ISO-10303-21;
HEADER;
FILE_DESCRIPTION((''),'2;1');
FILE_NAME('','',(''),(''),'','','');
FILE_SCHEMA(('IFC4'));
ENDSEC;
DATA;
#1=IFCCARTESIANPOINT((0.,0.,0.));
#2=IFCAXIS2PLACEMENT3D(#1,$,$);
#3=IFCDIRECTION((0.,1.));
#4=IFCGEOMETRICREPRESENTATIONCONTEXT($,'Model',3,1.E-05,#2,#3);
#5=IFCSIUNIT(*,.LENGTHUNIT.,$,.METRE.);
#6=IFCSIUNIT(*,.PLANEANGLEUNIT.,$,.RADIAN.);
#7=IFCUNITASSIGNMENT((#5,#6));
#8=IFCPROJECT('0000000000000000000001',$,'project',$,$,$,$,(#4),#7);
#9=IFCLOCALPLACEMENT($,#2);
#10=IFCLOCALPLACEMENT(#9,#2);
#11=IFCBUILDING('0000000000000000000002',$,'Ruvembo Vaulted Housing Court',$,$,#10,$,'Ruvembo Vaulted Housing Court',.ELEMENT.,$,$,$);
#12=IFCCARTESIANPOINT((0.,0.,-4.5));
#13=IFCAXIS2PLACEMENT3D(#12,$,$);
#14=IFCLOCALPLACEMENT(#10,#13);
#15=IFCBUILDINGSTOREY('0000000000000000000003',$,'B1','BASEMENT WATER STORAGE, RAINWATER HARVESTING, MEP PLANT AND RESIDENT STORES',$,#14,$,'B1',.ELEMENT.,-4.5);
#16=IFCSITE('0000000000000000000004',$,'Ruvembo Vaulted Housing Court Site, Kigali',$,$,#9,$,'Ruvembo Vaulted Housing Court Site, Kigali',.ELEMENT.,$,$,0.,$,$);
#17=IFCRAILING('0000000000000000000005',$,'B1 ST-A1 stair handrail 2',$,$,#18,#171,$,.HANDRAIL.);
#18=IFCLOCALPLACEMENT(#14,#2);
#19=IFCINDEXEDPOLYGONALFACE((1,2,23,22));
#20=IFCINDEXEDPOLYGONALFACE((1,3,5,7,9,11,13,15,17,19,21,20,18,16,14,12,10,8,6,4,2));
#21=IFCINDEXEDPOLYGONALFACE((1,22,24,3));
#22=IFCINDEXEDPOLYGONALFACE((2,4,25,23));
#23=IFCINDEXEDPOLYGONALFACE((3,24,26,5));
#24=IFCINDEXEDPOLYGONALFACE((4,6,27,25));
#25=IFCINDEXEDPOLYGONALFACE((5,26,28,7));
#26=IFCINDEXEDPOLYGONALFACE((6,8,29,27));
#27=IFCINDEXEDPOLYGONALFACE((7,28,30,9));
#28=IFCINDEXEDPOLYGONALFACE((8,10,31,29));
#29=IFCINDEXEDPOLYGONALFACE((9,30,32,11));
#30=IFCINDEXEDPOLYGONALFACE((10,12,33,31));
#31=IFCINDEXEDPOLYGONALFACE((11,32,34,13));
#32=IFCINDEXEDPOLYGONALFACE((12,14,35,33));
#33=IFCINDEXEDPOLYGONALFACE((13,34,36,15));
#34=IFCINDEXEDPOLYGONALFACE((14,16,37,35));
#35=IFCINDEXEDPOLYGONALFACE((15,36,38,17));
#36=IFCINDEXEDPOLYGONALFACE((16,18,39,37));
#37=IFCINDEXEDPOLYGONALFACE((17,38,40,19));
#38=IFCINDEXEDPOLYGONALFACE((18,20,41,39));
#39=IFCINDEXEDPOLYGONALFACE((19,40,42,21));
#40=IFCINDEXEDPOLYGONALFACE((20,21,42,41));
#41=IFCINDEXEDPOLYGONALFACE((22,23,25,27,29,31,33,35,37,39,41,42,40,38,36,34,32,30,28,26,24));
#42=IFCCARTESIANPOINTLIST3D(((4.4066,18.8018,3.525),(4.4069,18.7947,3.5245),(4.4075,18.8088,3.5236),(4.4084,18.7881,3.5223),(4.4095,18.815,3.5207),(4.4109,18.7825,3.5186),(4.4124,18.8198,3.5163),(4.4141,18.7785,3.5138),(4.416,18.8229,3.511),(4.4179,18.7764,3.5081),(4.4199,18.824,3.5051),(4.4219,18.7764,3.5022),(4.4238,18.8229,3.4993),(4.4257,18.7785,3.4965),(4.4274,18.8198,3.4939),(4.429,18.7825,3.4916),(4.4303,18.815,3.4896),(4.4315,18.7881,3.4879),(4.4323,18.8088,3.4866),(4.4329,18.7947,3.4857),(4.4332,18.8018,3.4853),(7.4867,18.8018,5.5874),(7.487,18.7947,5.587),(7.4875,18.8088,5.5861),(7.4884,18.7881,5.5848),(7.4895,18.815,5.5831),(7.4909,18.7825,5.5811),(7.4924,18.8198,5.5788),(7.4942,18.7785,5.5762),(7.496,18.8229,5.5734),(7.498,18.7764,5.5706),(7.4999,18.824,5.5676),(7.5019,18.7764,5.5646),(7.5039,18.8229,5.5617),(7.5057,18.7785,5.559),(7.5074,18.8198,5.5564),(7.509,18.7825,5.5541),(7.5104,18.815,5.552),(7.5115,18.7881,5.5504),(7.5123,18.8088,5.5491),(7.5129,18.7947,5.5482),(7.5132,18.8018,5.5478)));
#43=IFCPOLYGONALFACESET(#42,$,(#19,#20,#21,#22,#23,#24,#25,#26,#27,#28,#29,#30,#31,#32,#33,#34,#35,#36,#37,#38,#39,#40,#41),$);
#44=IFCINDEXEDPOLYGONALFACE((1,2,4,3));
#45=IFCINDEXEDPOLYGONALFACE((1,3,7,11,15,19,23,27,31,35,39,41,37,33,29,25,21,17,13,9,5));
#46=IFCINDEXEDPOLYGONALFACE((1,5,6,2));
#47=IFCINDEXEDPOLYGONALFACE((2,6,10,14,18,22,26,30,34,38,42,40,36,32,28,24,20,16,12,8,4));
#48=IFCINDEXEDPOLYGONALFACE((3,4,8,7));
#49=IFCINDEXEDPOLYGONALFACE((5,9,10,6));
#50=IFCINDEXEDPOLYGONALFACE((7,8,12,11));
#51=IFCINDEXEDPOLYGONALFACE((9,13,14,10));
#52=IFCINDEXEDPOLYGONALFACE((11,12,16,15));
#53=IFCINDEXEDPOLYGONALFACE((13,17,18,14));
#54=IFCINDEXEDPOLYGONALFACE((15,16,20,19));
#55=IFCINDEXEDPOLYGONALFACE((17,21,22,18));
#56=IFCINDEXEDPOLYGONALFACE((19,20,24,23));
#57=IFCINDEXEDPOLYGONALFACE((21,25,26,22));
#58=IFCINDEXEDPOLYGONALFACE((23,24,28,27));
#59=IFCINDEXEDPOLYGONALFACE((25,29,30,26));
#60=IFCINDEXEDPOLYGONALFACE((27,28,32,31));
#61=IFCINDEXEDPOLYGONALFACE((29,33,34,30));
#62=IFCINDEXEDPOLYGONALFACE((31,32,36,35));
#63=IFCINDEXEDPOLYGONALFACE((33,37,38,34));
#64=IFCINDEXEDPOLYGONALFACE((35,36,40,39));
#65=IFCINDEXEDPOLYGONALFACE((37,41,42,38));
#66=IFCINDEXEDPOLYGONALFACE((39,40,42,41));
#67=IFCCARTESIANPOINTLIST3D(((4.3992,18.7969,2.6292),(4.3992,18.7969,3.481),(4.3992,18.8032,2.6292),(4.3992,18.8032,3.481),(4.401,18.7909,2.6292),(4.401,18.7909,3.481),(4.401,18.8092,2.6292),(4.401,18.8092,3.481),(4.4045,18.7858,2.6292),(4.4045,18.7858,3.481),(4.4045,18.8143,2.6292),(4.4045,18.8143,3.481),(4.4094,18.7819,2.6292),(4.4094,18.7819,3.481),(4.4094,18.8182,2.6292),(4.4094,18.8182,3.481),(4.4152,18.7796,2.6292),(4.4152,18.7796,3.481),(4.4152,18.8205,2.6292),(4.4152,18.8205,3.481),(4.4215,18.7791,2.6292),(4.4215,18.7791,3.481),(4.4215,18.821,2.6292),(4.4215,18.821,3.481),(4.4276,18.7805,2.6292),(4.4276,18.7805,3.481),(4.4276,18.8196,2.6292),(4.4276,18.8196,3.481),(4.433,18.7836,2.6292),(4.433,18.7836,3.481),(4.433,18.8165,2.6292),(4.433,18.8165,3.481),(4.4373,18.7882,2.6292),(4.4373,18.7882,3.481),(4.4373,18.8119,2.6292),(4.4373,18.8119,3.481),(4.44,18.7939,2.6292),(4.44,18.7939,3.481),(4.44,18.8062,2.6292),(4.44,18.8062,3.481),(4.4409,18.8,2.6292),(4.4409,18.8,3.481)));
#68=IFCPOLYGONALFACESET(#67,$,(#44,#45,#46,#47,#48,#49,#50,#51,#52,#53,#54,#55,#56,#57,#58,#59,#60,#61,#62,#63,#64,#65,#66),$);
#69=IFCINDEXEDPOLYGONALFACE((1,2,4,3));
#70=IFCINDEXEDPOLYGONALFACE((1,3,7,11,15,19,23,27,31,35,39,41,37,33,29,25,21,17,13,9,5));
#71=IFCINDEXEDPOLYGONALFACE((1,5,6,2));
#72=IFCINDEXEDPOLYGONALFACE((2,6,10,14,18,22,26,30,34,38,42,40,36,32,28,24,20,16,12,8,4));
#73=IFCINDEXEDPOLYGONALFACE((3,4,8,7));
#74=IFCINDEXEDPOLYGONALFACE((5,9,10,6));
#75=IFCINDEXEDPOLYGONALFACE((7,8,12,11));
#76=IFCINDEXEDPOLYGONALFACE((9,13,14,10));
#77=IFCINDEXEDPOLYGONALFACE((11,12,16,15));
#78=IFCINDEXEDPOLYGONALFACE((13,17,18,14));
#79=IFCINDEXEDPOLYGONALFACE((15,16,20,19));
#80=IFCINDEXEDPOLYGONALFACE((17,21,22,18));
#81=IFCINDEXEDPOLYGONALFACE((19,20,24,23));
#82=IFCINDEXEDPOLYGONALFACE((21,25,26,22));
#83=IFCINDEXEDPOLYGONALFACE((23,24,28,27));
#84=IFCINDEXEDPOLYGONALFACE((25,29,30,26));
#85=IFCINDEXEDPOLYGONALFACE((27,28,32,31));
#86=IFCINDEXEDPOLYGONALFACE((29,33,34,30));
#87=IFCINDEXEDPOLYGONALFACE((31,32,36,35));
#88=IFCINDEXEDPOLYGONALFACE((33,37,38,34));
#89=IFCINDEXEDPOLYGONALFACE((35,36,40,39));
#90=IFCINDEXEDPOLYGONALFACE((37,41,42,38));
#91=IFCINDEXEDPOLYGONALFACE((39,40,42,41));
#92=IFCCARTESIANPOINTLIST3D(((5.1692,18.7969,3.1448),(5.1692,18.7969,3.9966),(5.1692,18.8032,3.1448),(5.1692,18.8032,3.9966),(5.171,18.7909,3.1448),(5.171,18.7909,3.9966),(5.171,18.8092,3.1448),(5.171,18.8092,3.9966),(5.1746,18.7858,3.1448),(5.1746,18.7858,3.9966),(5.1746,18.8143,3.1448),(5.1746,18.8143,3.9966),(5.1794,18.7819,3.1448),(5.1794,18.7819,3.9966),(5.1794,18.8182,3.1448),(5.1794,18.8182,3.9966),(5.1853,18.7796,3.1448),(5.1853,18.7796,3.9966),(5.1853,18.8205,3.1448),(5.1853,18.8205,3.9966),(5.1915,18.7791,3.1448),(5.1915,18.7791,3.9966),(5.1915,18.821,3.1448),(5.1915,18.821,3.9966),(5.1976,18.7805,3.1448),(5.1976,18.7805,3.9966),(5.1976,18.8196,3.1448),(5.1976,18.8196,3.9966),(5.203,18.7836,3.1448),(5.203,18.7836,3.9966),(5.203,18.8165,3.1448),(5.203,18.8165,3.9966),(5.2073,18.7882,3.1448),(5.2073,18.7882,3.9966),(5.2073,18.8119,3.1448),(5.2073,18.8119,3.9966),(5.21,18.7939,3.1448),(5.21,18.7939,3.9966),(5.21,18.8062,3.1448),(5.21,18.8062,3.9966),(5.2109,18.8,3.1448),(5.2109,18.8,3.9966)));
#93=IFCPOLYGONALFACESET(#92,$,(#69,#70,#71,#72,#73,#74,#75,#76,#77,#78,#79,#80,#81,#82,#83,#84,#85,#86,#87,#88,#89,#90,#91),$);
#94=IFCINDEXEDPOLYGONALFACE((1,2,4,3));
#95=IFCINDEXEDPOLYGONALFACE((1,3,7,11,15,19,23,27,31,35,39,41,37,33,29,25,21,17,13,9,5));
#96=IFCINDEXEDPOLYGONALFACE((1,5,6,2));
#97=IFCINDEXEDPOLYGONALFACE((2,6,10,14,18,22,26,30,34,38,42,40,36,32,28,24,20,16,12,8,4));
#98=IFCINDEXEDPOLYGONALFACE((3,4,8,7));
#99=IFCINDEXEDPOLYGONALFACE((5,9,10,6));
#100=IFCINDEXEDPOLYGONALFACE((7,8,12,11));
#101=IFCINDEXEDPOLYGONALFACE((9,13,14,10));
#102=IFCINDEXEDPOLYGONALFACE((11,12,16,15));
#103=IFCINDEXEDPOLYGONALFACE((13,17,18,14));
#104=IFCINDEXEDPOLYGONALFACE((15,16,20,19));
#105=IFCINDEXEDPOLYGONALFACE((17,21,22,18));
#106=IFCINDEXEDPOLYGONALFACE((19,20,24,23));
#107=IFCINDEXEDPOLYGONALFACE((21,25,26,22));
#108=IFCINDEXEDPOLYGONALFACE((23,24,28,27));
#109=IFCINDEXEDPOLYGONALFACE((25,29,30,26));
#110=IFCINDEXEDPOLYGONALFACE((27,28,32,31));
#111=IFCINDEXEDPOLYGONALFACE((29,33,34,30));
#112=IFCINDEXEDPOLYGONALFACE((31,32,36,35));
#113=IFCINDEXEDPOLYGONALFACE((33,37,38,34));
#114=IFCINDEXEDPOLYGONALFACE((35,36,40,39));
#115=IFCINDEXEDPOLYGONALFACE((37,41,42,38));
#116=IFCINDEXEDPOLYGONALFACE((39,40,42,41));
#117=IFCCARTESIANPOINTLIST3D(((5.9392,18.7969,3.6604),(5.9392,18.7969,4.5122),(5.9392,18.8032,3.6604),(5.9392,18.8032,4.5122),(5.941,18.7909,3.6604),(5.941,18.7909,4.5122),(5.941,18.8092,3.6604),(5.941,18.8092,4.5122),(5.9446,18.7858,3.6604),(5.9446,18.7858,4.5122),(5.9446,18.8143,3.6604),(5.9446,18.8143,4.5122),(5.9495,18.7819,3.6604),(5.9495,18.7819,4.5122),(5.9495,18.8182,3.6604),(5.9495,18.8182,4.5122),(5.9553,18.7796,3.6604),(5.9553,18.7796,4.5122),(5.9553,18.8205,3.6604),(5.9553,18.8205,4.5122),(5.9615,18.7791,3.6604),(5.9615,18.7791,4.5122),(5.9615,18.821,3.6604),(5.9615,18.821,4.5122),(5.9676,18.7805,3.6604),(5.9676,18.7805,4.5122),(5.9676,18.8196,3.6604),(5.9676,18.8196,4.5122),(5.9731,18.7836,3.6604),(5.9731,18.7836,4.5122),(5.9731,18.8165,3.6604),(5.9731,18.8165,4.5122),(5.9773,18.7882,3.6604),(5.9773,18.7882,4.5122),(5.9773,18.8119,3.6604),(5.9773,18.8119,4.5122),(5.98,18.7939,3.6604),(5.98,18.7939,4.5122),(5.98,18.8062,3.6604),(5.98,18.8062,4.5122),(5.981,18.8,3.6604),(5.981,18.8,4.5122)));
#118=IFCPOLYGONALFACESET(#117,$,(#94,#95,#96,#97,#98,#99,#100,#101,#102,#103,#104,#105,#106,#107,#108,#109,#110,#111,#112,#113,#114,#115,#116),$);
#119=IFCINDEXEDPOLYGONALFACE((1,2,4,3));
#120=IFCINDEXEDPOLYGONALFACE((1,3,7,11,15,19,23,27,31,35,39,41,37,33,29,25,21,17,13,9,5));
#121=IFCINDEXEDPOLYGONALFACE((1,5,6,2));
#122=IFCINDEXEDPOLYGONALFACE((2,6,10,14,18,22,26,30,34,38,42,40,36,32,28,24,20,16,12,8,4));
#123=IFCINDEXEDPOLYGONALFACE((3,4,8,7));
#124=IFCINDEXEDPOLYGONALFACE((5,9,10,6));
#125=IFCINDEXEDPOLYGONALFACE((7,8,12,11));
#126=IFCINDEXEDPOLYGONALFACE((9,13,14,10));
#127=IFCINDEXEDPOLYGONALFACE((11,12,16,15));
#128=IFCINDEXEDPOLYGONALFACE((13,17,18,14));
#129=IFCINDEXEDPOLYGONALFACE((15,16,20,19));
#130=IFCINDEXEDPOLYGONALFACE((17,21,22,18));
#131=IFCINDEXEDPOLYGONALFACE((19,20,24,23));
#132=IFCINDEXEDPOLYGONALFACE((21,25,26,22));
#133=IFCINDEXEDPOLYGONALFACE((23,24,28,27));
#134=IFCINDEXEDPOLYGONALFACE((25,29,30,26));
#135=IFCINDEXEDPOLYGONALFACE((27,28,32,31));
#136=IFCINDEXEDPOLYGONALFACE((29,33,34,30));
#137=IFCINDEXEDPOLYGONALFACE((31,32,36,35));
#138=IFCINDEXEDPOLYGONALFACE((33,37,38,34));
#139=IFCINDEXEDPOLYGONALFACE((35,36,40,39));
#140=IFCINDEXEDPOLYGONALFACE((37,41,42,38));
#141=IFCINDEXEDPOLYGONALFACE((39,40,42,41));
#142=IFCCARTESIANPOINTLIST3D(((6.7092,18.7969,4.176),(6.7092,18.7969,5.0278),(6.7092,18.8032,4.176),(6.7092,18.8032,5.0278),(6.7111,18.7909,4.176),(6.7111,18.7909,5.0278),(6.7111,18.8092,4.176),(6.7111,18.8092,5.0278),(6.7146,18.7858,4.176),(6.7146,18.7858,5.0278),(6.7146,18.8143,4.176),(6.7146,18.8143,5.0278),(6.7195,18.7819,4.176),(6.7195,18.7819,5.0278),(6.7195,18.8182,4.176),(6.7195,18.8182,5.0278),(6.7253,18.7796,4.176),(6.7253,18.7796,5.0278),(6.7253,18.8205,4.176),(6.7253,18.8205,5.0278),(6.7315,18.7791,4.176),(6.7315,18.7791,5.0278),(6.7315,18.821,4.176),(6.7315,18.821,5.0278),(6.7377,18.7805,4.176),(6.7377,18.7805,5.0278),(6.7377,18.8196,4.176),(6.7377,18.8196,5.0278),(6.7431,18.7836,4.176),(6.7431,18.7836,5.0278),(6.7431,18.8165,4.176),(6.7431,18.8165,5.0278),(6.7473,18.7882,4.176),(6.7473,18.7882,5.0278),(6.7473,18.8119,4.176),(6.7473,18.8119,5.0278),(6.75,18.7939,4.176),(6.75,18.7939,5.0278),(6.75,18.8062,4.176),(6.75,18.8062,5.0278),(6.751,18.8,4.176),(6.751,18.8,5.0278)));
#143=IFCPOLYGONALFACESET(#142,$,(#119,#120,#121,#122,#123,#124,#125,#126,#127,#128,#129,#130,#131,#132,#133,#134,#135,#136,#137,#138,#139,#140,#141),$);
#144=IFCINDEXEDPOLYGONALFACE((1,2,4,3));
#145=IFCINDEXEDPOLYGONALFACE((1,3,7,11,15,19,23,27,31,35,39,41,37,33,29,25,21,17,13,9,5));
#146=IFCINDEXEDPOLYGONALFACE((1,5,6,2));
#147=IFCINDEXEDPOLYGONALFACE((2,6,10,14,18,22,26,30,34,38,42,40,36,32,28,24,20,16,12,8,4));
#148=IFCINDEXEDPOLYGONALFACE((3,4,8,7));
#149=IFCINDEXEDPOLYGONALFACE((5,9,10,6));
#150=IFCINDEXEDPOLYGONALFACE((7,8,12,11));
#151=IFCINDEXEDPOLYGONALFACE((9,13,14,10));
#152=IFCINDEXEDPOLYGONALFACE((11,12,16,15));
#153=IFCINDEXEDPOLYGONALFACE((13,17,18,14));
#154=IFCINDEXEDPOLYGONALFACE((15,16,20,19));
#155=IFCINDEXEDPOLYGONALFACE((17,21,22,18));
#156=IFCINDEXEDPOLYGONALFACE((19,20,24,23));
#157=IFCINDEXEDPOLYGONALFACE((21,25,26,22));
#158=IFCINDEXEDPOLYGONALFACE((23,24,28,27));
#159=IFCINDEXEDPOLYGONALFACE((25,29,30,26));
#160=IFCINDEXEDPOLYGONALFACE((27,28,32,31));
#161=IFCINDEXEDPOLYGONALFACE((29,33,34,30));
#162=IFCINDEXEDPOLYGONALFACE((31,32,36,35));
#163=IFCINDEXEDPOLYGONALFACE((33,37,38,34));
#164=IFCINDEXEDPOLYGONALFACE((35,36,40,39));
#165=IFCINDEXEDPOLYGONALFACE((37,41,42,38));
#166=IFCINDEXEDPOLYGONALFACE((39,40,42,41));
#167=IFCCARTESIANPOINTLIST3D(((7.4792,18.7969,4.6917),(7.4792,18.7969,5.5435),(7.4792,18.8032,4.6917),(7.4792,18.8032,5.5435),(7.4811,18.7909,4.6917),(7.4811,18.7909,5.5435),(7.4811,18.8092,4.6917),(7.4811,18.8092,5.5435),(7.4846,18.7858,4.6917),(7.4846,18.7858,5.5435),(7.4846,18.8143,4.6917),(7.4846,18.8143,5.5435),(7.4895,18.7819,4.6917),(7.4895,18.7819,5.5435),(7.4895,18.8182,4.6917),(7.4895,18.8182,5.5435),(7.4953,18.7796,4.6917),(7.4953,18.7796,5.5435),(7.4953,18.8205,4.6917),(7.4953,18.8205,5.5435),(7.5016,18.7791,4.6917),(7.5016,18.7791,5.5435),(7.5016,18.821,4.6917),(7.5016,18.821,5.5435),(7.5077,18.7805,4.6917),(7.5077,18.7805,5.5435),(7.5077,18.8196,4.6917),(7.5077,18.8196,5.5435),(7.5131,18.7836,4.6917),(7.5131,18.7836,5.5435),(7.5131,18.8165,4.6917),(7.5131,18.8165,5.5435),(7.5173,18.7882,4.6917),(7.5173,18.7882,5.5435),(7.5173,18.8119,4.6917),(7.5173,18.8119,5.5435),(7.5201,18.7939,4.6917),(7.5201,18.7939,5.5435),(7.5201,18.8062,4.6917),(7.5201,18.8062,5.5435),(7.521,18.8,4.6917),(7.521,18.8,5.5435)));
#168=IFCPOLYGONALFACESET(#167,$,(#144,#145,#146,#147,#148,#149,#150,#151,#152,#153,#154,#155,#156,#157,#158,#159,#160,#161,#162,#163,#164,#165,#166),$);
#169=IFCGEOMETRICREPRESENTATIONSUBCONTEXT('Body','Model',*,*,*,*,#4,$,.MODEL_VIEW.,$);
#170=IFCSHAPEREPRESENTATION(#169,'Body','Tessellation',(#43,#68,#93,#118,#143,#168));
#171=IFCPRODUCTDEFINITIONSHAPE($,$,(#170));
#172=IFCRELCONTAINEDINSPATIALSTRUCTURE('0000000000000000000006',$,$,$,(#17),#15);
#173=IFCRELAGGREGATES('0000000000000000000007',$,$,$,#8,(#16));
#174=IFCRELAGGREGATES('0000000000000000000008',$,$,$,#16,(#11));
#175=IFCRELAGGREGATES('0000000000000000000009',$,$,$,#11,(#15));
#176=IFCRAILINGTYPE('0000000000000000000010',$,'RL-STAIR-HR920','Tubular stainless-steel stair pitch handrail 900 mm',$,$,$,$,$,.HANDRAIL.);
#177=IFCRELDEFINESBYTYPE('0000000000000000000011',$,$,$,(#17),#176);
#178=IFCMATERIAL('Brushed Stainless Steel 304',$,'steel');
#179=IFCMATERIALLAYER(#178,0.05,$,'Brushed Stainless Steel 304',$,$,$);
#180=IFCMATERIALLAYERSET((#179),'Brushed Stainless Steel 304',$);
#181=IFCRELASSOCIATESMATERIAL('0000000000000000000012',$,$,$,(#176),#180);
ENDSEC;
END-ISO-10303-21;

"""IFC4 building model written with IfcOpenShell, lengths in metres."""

from ifc_helpers import new_model, si_unit, direction, frame, origin, origin_2d, place, context, subcontext, project, spatial, circle, extrude, material, layer, layer_set, type_object, element, save


model = new_model("IFC4")

# Units and contexts
model_context = context("Model", 3, precision=1e-05, world=origin(), true_north=direction((0.0, 1.0)))
body_context = subcontext(model_context, "Body", "Model", "MODEL_VIEW")
ifc_project = project(units=[si_unit("LENGTHUNIT", "METRE"), si_unit("PLANEANGLEUNIT", "RADIAN")], contexts=[model_context])

# Site, building, storey
site_placement = place(None, origin())
site = spatial("IfcSite", under=ifc_project, at=site_placement, Name="Ruvembo Vaulted Housing Court Site, Kigali", LongName="Ruvembo Vaulted Housing Court Site, Kigali", CompositionType="ELEMENT", RefElevation=0.0)
building_placement = place(site_placement, origin())
building = spatial("IfcBuilding", under=site, at=building_placement, Name="Ruvembo Vaulted Housing Court", LongName="Ruvembo Vaulted Housing Court", CompositionType="ELEMENT")
storey_placement = place(building_placement, frame((0.0, 0.0, -4.5)))
storey = spatial("IfcBuildingStorey", under=building, at=storey_placement, Name="B1", Description="BASEMENT WATER STORAGE, RAINWATER HARVESTING, MEP PLANT AND RESIDENT STORES", LongName="B1", CompositionType="ELEMENT", Elevation=-4.5)

# Railing
ifc_material_1 = material(Name="Brushed Stainless Steel 304", Category="steel")
ifc_layer_1 = layer(ifc_material_1, 0.05, Name="Brushed Stainless Steel 304")
ifc_layer_set_1 = layer_set([ifc_layer_1], Name="Brushed Stainless Steel 304")
railing_type_1 = type_object("IfcRailingType", Name="RL-STAIR-HR920", Description="Tubular stainless-steel stair pitch handrail 900 mm", PredefinedType="HANDRAIL", material=ifc_layer_set_1)
railing_1_placement = place(storey_placement, frame((4.4199, 18.8, 2.6292)))
element("IfcRailing", 1, at=railing_1_placement, inside=storey, type_object=railing_type_1, Name="B1 ST-A1 stair handrail 2", PredefinedType="HANDRAIL", context=body_context, shape_type="SweptSolid", body=[
    extrude(circle(Radius=0.0239, at=origin_2d()), frame((0.0, 0.0, 0.876), z_axis=(0.830914, 0.0, 0.556401), x_axis=(0.0, 1.0, 0.0)), (0.0, 0.0, 1.0), 3.7068),
    extrude(circle(Radius=0.021, at=origin_2d()), origin(), (0.0, 0.0, 1.0), 0.8518),
    extrude(circle(Radius=0.021, at=origin_2d()), frame((0.77, 0.0, 0.5156)), (0.0, 0.0, 1.0), 0.8518),
    extrude(circle(Radius=0.021, at=origin_2d()), frame((1.54, 0.0, 1.0312)), (0.0, 0.0, 1.0), 0.8518),
    extrude(circle(Radius=0.021, at=origin_2d()), frame((2.3101, 0.0, 1.5469)), (0.0, 0.0, 1.0), 0.8518),
    extrude(circle(Radius=0.021, at=origin_2d()), frame((3.0801, 0.0, 2.0625)), (0.0, 0.0, 1.0), 0.8518),
])

save(model, "model.ifc")
